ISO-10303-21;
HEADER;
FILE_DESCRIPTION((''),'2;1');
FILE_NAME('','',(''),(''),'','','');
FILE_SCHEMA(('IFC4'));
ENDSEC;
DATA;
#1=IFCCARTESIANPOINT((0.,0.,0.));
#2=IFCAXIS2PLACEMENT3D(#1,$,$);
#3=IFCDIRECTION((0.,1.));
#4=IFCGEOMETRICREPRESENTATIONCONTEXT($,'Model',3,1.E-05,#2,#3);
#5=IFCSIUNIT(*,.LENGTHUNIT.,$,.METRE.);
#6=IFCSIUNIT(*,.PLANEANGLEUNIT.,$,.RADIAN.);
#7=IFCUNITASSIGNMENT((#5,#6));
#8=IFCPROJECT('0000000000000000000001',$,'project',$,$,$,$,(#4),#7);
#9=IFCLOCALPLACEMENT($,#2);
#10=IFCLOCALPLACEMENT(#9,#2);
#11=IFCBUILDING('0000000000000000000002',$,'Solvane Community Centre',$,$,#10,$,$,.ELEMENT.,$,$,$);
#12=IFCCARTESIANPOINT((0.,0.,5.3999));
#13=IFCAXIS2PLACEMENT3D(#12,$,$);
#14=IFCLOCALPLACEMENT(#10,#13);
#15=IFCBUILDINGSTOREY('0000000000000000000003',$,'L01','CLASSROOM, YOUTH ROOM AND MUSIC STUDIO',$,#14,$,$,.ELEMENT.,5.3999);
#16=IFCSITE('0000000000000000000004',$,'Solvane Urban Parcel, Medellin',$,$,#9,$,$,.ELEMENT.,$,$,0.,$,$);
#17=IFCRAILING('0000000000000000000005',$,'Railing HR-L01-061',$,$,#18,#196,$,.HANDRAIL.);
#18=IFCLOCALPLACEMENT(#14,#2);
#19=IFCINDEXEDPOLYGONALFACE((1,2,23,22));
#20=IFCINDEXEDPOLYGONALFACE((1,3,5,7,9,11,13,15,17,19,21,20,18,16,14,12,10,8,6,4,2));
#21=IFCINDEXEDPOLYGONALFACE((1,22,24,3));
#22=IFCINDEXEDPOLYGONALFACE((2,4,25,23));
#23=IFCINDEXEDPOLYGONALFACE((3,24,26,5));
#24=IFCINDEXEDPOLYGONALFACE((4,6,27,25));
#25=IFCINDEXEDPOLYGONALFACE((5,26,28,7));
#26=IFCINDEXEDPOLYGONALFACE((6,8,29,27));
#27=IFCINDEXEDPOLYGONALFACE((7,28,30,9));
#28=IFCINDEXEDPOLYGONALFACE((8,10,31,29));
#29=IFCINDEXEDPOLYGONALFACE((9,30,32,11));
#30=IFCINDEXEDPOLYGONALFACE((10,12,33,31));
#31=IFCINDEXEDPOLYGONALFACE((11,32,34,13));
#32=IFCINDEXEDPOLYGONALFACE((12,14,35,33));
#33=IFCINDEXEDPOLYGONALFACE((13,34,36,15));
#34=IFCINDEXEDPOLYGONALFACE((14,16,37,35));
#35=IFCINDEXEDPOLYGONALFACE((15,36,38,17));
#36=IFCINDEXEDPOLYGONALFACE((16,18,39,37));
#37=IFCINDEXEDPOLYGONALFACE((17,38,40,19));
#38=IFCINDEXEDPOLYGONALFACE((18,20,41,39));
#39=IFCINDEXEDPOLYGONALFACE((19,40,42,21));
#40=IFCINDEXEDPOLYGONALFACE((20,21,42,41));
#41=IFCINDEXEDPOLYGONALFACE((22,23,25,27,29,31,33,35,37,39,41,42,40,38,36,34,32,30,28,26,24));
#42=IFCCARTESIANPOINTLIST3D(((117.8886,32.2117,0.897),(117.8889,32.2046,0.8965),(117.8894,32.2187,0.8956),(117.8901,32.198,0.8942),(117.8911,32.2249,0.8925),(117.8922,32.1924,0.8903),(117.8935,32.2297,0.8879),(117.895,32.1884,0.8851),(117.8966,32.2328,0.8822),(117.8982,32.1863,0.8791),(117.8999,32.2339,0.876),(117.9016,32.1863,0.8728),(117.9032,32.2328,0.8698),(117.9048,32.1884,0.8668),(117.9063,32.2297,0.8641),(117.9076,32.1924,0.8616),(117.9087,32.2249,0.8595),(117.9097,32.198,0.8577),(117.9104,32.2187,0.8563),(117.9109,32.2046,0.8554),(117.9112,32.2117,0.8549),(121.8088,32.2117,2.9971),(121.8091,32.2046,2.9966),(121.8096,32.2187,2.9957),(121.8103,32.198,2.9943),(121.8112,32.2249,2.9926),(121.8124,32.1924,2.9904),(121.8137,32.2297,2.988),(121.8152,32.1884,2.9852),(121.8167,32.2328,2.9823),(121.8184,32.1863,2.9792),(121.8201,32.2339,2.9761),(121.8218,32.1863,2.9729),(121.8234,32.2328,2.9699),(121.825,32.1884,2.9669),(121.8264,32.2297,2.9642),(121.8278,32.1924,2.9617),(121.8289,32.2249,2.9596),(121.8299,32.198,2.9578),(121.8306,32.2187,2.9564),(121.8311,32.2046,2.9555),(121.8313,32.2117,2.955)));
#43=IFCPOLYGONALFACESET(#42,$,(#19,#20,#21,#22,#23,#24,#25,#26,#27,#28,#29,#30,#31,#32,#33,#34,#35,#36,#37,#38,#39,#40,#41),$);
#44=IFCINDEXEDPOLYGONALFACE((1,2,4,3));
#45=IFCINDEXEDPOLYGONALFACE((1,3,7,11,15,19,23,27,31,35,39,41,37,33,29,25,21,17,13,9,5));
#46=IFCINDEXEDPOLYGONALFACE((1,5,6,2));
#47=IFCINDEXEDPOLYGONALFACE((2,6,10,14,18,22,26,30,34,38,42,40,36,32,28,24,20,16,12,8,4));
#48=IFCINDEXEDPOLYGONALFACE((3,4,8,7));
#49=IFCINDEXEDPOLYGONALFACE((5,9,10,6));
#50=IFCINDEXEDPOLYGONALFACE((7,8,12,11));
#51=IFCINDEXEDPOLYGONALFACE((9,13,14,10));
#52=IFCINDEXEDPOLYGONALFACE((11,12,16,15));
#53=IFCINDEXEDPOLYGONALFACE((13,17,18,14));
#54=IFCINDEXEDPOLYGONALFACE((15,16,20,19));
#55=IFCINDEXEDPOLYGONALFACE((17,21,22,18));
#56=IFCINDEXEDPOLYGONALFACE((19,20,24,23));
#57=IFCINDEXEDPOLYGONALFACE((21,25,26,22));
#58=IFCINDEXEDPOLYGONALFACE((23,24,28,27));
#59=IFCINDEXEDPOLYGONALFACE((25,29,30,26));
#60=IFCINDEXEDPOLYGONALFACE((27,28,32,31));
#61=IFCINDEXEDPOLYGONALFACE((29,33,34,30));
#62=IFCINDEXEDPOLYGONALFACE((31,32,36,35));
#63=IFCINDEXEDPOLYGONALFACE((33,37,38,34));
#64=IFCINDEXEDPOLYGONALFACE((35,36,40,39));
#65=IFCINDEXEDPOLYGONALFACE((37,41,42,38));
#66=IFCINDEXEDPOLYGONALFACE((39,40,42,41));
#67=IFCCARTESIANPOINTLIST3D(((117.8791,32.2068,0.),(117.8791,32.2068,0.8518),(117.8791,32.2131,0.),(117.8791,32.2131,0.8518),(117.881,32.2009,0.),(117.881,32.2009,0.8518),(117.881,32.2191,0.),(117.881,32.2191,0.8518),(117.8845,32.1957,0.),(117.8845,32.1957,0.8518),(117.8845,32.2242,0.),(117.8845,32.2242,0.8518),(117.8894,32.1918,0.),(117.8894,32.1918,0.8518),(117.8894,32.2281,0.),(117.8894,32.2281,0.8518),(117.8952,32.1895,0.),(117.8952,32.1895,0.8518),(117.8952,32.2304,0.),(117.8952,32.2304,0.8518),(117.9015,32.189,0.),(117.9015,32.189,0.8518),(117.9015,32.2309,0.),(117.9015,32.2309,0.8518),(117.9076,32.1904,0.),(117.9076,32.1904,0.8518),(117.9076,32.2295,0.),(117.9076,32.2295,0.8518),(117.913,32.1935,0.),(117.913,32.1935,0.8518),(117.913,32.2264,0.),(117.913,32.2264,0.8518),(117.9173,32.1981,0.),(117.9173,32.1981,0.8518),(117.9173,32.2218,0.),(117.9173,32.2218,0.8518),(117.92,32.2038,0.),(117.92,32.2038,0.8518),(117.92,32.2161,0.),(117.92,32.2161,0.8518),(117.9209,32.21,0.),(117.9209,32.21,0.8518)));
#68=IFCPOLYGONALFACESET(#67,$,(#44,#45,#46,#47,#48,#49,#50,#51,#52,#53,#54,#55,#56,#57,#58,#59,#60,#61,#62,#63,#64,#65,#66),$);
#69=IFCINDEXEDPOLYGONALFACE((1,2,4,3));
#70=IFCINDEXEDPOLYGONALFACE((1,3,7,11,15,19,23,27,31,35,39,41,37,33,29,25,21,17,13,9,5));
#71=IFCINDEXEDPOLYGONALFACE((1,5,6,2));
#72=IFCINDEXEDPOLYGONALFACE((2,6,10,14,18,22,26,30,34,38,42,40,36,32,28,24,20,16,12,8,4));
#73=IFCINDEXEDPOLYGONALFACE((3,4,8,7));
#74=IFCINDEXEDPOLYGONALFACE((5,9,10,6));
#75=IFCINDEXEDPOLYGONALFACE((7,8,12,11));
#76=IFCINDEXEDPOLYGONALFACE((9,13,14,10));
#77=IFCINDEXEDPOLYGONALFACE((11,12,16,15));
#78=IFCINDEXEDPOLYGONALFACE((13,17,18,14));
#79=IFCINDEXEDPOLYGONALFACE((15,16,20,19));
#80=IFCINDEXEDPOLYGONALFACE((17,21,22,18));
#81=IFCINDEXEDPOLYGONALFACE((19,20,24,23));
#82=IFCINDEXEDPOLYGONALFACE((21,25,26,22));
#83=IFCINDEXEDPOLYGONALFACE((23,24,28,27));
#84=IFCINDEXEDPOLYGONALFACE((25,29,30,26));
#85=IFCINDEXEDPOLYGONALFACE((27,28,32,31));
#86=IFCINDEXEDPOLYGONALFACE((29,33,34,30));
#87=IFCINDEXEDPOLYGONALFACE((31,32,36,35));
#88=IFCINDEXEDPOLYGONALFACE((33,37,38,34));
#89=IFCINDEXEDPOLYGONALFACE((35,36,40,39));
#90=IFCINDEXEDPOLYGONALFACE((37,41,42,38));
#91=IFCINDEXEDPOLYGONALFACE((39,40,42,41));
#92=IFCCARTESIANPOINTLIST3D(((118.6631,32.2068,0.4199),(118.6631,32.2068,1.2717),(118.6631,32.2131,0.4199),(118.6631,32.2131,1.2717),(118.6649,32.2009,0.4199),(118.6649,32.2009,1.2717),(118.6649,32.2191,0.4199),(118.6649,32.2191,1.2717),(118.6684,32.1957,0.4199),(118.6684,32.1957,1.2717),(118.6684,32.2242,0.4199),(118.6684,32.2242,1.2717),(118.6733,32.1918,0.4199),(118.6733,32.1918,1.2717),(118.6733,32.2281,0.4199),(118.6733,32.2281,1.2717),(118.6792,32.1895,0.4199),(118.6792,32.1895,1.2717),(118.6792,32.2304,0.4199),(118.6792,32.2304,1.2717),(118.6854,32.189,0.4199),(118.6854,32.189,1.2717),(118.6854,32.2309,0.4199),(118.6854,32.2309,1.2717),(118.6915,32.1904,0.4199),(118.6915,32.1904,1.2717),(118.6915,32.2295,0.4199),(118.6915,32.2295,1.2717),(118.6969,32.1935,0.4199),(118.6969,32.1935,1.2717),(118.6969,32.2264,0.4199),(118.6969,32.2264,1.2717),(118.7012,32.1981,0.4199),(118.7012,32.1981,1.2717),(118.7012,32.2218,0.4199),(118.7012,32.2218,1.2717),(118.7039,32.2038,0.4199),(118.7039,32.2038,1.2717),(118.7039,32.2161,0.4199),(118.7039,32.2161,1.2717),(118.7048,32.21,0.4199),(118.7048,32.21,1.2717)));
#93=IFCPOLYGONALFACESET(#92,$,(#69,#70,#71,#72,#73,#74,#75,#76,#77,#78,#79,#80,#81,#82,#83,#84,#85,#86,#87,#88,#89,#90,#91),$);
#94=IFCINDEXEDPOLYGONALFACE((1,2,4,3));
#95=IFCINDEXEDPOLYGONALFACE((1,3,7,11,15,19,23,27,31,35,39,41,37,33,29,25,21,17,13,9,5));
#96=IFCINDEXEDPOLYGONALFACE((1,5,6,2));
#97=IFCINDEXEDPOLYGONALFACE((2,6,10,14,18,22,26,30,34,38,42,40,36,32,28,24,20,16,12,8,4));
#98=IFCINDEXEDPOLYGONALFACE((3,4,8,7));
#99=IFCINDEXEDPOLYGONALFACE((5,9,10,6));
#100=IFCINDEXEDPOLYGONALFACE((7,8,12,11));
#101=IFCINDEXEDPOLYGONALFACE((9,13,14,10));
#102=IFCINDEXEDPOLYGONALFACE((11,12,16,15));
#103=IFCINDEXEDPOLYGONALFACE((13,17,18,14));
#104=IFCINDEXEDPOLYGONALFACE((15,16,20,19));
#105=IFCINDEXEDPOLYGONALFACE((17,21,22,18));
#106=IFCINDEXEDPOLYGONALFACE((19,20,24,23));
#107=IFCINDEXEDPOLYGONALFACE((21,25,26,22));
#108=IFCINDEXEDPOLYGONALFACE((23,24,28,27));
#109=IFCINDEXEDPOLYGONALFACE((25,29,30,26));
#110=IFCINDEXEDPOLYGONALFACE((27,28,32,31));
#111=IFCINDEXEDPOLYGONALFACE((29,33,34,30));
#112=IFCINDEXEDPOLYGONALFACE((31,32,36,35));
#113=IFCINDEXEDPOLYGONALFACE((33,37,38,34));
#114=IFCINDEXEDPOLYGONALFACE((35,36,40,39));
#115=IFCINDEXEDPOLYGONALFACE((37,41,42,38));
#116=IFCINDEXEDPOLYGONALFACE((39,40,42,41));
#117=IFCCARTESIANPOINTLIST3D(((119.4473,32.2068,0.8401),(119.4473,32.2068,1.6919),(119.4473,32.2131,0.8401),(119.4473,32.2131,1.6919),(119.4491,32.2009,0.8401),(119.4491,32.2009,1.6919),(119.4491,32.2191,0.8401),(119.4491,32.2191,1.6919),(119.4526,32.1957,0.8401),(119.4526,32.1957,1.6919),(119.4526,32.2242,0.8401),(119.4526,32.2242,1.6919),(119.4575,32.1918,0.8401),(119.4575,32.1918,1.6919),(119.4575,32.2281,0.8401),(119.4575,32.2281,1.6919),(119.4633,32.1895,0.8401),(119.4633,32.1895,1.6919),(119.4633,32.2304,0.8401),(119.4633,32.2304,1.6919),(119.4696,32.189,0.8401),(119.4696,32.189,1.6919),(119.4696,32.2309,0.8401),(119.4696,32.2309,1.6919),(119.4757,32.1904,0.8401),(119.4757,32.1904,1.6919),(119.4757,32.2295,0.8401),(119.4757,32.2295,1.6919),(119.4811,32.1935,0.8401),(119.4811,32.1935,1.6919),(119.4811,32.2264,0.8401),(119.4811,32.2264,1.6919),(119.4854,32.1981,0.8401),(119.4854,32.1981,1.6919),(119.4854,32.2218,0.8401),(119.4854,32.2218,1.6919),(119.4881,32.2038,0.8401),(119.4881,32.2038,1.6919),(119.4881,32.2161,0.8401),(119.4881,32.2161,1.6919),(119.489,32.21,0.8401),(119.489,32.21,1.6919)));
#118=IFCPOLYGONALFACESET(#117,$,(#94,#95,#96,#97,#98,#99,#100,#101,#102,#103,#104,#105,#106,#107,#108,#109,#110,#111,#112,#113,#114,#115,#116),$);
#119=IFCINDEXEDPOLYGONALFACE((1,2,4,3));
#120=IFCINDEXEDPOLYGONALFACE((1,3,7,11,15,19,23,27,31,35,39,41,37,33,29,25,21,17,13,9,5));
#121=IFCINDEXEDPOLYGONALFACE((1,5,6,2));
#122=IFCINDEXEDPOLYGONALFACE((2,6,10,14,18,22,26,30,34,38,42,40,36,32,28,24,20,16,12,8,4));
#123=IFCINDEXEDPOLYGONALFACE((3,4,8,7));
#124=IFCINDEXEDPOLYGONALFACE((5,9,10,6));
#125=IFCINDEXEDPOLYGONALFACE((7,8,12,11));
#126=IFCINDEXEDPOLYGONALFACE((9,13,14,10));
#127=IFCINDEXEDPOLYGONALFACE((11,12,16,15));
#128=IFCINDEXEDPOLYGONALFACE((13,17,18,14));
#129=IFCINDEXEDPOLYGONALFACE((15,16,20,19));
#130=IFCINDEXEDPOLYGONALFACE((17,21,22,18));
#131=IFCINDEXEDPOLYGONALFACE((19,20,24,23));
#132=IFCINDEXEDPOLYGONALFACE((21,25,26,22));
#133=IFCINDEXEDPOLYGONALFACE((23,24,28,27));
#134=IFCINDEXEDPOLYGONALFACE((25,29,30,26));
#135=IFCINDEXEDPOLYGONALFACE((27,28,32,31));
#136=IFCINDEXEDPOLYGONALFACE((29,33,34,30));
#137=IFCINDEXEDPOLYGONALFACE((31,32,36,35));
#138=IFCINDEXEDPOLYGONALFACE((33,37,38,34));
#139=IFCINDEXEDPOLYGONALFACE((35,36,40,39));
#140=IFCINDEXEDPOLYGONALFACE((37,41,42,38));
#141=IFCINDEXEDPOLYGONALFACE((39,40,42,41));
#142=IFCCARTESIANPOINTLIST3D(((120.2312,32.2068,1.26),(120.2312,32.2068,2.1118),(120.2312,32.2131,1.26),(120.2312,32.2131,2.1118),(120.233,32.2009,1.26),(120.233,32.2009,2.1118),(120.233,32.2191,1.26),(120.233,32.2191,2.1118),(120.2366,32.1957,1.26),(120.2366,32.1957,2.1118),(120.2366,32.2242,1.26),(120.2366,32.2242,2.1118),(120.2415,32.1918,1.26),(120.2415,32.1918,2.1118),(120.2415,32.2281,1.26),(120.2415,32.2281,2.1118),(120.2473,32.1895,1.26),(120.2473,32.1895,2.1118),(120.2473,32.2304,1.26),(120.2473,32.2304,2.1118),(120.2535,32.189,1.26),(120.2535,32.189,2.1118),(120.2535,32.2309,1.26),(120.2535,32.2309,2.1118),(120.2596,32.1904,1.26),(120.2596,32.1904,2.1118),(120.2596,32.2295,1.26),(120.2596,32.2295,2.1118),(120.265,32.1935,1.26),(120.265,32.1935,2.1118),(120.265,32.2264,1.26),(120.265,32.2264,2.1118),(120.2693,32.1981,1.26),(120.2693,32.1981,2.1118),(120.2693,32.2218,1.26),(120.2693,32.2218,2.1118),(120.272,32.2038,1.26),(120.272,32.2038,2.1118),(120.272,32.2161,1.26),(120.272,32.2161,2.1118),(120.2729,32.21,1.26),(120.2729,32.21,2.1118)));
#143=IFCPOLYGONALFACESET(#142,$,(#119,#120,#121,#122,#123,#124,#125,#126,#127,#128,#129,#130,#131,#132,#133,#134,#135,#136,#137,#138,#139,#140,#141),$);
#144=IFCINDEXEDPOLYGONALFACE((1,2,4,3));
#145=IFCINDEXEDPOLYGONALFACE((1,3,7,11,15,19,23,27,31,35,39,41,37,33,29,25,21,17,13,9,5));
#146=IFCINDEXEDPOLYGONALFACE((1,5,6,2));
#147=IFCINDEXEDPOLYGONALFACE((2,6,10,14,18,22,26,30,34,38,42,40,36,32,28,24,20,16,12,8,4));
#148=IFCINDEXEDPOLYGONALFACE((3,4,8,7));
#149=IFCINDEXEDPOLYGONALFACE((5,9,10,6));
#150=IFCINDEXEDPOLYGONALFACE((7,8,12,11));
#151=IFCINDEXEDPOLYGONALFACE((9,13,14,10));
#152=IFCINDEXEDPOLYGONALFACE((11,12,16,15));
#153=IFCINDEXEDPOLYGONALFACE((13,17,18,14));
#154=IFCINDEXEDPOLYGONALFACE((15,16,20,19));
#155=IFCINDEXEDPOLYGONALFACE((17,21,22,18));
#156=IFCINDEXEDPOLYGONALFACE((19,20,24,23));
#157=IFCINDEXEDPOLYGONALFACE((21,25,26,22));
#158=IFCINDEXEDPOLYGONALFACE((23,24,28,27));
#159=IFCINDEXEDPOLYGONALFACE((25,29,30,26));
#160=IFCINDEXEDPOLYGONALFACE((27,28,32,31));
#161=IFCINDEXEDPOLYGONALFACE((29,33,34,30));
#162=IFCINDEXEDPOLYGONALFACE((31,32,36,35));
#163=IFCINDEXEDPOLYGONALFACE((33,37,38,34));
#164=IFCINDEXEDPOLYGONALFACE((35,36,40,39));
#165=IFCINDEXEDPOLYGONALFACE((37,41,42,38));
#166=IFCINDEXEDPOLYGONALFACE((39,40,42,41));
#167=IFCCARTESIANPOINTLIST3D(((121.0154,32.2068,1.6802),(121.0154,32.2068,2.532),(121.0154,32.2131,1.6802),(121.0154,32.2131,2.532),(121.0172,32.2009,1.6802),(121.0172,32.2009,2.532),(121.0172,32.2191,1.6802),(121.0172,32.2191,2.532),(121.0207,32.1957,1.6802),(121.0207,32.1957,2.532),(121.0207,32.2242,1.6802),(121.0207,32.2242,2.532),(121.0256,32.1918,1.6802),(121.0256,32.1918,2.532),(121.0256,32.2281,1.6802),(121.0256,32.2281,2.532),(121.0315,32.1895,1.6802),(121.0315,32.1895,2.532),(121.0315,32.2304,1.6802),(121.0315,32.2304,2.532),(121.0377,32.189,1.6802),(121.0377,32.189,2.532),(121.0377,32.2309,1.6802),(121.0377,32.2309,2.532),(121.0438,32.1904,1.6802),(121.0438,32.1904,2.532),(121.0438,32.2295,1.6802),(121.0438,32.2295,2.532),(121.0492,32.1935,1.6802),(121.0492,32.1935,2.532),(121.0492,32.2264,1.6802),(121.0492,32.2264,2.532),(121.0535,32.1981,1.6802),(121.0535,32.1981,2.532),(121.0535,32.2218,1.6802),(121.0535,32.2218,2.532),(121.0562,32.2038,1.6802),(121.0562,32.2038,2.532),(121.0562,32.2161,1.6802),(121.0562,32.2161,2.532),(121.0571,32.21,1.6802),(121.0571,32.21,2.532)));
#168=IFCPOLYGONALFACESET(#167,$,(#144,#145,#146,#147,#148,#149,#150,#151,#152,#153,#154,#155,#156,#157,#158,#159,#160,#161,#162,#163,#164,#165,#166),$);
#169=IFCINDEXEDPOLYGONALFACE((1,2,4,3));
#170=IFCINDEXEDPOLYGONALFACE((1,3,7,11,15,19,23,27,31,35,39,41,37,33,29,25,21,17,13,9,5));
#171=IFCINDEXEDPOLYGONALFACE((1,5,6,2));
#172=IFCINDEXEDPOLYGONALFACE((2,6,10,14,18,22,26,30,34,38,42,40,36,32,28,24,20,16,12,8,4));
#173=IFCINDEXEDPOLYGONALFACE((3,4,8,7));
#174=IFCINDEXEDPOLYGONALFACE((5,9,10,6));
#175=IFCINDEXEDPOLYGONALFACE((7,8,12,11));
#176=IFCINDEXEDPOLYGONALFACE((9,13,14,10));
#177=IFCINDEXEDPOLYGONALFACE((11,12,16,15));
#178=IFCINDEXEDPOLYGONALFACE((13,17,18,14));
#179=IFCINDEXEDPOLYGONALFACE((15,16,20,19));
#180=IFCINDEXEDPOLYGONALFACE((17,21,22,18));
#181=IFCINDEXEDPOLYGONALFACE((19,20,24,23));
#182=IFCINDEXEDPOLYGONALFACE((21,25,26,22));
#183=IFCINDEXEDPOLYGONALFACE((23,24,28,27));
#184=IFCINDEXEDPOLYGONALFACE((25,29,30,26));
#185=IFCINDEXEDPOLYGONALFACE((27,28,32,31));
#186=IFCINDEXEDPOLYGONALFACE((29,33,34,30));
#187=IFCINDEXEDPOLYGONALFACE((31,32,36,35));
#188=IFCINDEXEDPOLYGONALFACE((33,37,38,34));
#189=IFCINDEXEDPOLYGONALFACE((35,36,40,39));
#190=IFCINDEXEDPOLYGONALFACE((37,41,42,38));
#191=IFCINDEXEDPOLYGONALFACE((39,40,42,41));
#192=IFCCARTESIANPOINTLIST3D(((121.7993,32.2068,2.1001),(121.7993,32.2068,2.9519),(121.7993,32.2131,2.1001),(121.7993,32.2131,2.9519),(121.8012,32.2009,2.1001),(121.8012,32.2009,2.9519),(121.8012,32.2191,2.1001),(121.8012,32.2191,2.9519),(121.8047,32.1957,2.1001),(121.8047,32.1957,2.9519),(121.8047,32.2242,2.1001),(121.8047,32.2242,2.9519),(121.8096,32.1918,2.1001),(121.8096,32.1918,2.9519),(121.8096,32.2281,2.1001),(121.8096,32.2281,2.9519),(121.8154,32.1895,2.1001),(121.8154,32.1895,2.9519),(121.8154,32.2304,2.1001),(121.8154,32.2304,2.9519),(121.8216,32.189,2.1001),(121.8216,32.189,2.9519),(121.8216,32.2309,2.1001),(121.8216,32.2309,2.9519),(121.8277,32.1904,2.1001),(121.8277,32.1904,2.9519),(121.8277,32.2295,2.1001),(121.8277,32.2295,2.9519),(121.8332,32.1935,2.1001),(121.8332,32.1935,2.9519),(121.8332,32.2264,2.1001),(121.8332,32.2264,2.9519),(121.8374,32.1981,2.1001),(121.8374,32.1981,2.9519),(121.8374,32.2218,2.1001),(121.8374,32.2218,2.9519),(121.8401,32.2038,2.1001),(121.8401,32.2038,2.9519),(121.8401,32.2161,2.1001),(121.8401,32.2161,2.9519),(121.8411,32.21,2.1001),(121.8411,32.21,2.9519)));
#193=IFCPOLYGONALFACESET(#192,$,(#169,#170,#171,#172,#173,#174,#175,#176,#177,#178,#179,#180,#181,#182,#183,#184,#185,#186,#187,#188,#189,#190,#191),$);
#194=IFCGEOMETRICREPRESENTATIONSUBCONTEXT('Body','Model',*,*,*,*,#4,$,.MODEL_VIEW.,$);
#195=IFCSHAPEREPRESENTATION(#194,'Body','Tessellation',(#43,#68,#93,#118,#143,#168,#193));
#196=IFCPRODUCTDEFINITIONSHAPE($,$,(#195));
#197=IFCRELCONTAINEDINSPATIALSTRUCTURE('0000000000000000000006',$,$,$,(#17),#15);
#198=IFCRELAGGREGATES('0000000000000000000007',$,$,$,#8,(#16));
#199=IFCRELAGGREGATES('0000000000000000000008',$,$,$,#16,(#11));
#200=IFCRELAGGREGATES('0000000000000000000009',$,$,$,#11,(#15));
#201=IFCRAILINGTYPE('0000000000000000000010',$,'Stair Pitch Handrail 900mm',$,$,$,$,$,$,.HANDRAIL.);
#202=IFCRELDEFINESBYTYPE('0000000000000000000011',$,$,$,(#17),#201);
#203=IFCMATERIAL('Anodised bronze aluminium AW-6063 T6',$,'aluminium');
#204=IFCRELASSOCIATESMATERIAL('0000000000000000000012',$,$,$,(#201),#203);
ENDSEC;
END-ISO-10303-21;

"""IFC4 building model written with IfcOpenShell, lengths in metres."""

from ifc_helpers import new_model, si_unit, direction, frame, origin, origin_2d, place, context, subcontext, project, spatial, circle, extrude, material, type_object, element, save


model = new_model("IFC4")

# Units and contexts
model_context = context("Model", 3, precision=1e-05, world=origin(), true_north=direction((0.0, 1.0)))
body_context = subcontext(model_context, "Body", "Model", "MODEL_VIEW")
ifc_project = project(units=[si_unit("LENGTHUNIT", "METRE"), si_unit("PLANEANGLEUNIT", "RADIAN")], contexts=[model_context])

# Site, building, storey
site_placement = place(None, origin())
site = spatial("IfcSite", under=ifc_project, at=site_placement, Name="Solvane Urban Parcel, Medellin", CompositionType="ELEMENT", RefElevation=0.0)
building_placement = place(site_placement, origin())
building = spatial("IfcBuilding", under=site, at=building_placement, Name="Solvane Community Centre", CompositionType="ELEMENT")
storey_placement = place(building_placement, frame((0.0, 0.0, 5.3999)))
storey = spatial("IfcBuildingStorey", under=building, at=storey_placement, Name="L01", Description="CLASSROOM, YOUTH ROOM AND MUSIC STUDIO", CompositionType="ELEMENT", Elevation=5.3999)

# Shared definitions
ifc_material_1 = material(Name="Anodised bronze aluminium AW-6063 T6", Category="aluminium")

# Railing
railing_type_1 = type_object("IfcRailingType", Name="Stair Pitch Handrail 900mm", PredefinedType="HANDRAIL", material=ifc_material_1)
railing_1_placement = place(storey_placement, frame((117.8999, 32.21, 0.0)))
element("IfcRailing", 1, at=railing_1_placement, inside=storey, type_object=railing_type_1, Name="Railing HR-L01-061", PredefinedType="HANDRAIL", context=body_context, shape_type="SweptSolid", body=[
    extrude(circle(Radius=0.0239, at=origin_2d()), frame((0.0, 0.0, 0.876), z_axis=(0.881479, 0.0, 0.472223), x_axis=(0.0, 1.0, 0.0)), (0.0, 0.0, 1.0), 4.4473),
    extrude(circle(Radius=0.021, at=origin_2d()), origin(), (0.0, 0.0, 1.0), 0.8518),
    extrude(circle(Radius=0.021, at=origin_2d()), frame((0.7839, 0.0, 0.4199)), (0.0, 0.0, 1.0), 0.8518),
    extrude(circle(Radius=0.021, at=origin_2d()), frame((1.5681, 0.0, 0.8401)), (0.0, 0.0, 1.0), 0.8518),
    extrude(circle(Radius=0.021, at=origin_2d()), frame((2.3521, 0.0, 1.26)), (0.0, 0.0, 1.0), 0.8518),
    extrude(circle(Radius=0.021, at=origin_2d()), frame((3.1362, 0.0, 1.6802)), (0.0, 0.0, 1.0), 0.8518),
    extrude(circle(Radius=0.021, at=origin_2d()), frame((3.9202, 0.0, 2.1001)), (0.0, 0.0, 1.0), 0.8518),
])

save(model, "model.ifc")
